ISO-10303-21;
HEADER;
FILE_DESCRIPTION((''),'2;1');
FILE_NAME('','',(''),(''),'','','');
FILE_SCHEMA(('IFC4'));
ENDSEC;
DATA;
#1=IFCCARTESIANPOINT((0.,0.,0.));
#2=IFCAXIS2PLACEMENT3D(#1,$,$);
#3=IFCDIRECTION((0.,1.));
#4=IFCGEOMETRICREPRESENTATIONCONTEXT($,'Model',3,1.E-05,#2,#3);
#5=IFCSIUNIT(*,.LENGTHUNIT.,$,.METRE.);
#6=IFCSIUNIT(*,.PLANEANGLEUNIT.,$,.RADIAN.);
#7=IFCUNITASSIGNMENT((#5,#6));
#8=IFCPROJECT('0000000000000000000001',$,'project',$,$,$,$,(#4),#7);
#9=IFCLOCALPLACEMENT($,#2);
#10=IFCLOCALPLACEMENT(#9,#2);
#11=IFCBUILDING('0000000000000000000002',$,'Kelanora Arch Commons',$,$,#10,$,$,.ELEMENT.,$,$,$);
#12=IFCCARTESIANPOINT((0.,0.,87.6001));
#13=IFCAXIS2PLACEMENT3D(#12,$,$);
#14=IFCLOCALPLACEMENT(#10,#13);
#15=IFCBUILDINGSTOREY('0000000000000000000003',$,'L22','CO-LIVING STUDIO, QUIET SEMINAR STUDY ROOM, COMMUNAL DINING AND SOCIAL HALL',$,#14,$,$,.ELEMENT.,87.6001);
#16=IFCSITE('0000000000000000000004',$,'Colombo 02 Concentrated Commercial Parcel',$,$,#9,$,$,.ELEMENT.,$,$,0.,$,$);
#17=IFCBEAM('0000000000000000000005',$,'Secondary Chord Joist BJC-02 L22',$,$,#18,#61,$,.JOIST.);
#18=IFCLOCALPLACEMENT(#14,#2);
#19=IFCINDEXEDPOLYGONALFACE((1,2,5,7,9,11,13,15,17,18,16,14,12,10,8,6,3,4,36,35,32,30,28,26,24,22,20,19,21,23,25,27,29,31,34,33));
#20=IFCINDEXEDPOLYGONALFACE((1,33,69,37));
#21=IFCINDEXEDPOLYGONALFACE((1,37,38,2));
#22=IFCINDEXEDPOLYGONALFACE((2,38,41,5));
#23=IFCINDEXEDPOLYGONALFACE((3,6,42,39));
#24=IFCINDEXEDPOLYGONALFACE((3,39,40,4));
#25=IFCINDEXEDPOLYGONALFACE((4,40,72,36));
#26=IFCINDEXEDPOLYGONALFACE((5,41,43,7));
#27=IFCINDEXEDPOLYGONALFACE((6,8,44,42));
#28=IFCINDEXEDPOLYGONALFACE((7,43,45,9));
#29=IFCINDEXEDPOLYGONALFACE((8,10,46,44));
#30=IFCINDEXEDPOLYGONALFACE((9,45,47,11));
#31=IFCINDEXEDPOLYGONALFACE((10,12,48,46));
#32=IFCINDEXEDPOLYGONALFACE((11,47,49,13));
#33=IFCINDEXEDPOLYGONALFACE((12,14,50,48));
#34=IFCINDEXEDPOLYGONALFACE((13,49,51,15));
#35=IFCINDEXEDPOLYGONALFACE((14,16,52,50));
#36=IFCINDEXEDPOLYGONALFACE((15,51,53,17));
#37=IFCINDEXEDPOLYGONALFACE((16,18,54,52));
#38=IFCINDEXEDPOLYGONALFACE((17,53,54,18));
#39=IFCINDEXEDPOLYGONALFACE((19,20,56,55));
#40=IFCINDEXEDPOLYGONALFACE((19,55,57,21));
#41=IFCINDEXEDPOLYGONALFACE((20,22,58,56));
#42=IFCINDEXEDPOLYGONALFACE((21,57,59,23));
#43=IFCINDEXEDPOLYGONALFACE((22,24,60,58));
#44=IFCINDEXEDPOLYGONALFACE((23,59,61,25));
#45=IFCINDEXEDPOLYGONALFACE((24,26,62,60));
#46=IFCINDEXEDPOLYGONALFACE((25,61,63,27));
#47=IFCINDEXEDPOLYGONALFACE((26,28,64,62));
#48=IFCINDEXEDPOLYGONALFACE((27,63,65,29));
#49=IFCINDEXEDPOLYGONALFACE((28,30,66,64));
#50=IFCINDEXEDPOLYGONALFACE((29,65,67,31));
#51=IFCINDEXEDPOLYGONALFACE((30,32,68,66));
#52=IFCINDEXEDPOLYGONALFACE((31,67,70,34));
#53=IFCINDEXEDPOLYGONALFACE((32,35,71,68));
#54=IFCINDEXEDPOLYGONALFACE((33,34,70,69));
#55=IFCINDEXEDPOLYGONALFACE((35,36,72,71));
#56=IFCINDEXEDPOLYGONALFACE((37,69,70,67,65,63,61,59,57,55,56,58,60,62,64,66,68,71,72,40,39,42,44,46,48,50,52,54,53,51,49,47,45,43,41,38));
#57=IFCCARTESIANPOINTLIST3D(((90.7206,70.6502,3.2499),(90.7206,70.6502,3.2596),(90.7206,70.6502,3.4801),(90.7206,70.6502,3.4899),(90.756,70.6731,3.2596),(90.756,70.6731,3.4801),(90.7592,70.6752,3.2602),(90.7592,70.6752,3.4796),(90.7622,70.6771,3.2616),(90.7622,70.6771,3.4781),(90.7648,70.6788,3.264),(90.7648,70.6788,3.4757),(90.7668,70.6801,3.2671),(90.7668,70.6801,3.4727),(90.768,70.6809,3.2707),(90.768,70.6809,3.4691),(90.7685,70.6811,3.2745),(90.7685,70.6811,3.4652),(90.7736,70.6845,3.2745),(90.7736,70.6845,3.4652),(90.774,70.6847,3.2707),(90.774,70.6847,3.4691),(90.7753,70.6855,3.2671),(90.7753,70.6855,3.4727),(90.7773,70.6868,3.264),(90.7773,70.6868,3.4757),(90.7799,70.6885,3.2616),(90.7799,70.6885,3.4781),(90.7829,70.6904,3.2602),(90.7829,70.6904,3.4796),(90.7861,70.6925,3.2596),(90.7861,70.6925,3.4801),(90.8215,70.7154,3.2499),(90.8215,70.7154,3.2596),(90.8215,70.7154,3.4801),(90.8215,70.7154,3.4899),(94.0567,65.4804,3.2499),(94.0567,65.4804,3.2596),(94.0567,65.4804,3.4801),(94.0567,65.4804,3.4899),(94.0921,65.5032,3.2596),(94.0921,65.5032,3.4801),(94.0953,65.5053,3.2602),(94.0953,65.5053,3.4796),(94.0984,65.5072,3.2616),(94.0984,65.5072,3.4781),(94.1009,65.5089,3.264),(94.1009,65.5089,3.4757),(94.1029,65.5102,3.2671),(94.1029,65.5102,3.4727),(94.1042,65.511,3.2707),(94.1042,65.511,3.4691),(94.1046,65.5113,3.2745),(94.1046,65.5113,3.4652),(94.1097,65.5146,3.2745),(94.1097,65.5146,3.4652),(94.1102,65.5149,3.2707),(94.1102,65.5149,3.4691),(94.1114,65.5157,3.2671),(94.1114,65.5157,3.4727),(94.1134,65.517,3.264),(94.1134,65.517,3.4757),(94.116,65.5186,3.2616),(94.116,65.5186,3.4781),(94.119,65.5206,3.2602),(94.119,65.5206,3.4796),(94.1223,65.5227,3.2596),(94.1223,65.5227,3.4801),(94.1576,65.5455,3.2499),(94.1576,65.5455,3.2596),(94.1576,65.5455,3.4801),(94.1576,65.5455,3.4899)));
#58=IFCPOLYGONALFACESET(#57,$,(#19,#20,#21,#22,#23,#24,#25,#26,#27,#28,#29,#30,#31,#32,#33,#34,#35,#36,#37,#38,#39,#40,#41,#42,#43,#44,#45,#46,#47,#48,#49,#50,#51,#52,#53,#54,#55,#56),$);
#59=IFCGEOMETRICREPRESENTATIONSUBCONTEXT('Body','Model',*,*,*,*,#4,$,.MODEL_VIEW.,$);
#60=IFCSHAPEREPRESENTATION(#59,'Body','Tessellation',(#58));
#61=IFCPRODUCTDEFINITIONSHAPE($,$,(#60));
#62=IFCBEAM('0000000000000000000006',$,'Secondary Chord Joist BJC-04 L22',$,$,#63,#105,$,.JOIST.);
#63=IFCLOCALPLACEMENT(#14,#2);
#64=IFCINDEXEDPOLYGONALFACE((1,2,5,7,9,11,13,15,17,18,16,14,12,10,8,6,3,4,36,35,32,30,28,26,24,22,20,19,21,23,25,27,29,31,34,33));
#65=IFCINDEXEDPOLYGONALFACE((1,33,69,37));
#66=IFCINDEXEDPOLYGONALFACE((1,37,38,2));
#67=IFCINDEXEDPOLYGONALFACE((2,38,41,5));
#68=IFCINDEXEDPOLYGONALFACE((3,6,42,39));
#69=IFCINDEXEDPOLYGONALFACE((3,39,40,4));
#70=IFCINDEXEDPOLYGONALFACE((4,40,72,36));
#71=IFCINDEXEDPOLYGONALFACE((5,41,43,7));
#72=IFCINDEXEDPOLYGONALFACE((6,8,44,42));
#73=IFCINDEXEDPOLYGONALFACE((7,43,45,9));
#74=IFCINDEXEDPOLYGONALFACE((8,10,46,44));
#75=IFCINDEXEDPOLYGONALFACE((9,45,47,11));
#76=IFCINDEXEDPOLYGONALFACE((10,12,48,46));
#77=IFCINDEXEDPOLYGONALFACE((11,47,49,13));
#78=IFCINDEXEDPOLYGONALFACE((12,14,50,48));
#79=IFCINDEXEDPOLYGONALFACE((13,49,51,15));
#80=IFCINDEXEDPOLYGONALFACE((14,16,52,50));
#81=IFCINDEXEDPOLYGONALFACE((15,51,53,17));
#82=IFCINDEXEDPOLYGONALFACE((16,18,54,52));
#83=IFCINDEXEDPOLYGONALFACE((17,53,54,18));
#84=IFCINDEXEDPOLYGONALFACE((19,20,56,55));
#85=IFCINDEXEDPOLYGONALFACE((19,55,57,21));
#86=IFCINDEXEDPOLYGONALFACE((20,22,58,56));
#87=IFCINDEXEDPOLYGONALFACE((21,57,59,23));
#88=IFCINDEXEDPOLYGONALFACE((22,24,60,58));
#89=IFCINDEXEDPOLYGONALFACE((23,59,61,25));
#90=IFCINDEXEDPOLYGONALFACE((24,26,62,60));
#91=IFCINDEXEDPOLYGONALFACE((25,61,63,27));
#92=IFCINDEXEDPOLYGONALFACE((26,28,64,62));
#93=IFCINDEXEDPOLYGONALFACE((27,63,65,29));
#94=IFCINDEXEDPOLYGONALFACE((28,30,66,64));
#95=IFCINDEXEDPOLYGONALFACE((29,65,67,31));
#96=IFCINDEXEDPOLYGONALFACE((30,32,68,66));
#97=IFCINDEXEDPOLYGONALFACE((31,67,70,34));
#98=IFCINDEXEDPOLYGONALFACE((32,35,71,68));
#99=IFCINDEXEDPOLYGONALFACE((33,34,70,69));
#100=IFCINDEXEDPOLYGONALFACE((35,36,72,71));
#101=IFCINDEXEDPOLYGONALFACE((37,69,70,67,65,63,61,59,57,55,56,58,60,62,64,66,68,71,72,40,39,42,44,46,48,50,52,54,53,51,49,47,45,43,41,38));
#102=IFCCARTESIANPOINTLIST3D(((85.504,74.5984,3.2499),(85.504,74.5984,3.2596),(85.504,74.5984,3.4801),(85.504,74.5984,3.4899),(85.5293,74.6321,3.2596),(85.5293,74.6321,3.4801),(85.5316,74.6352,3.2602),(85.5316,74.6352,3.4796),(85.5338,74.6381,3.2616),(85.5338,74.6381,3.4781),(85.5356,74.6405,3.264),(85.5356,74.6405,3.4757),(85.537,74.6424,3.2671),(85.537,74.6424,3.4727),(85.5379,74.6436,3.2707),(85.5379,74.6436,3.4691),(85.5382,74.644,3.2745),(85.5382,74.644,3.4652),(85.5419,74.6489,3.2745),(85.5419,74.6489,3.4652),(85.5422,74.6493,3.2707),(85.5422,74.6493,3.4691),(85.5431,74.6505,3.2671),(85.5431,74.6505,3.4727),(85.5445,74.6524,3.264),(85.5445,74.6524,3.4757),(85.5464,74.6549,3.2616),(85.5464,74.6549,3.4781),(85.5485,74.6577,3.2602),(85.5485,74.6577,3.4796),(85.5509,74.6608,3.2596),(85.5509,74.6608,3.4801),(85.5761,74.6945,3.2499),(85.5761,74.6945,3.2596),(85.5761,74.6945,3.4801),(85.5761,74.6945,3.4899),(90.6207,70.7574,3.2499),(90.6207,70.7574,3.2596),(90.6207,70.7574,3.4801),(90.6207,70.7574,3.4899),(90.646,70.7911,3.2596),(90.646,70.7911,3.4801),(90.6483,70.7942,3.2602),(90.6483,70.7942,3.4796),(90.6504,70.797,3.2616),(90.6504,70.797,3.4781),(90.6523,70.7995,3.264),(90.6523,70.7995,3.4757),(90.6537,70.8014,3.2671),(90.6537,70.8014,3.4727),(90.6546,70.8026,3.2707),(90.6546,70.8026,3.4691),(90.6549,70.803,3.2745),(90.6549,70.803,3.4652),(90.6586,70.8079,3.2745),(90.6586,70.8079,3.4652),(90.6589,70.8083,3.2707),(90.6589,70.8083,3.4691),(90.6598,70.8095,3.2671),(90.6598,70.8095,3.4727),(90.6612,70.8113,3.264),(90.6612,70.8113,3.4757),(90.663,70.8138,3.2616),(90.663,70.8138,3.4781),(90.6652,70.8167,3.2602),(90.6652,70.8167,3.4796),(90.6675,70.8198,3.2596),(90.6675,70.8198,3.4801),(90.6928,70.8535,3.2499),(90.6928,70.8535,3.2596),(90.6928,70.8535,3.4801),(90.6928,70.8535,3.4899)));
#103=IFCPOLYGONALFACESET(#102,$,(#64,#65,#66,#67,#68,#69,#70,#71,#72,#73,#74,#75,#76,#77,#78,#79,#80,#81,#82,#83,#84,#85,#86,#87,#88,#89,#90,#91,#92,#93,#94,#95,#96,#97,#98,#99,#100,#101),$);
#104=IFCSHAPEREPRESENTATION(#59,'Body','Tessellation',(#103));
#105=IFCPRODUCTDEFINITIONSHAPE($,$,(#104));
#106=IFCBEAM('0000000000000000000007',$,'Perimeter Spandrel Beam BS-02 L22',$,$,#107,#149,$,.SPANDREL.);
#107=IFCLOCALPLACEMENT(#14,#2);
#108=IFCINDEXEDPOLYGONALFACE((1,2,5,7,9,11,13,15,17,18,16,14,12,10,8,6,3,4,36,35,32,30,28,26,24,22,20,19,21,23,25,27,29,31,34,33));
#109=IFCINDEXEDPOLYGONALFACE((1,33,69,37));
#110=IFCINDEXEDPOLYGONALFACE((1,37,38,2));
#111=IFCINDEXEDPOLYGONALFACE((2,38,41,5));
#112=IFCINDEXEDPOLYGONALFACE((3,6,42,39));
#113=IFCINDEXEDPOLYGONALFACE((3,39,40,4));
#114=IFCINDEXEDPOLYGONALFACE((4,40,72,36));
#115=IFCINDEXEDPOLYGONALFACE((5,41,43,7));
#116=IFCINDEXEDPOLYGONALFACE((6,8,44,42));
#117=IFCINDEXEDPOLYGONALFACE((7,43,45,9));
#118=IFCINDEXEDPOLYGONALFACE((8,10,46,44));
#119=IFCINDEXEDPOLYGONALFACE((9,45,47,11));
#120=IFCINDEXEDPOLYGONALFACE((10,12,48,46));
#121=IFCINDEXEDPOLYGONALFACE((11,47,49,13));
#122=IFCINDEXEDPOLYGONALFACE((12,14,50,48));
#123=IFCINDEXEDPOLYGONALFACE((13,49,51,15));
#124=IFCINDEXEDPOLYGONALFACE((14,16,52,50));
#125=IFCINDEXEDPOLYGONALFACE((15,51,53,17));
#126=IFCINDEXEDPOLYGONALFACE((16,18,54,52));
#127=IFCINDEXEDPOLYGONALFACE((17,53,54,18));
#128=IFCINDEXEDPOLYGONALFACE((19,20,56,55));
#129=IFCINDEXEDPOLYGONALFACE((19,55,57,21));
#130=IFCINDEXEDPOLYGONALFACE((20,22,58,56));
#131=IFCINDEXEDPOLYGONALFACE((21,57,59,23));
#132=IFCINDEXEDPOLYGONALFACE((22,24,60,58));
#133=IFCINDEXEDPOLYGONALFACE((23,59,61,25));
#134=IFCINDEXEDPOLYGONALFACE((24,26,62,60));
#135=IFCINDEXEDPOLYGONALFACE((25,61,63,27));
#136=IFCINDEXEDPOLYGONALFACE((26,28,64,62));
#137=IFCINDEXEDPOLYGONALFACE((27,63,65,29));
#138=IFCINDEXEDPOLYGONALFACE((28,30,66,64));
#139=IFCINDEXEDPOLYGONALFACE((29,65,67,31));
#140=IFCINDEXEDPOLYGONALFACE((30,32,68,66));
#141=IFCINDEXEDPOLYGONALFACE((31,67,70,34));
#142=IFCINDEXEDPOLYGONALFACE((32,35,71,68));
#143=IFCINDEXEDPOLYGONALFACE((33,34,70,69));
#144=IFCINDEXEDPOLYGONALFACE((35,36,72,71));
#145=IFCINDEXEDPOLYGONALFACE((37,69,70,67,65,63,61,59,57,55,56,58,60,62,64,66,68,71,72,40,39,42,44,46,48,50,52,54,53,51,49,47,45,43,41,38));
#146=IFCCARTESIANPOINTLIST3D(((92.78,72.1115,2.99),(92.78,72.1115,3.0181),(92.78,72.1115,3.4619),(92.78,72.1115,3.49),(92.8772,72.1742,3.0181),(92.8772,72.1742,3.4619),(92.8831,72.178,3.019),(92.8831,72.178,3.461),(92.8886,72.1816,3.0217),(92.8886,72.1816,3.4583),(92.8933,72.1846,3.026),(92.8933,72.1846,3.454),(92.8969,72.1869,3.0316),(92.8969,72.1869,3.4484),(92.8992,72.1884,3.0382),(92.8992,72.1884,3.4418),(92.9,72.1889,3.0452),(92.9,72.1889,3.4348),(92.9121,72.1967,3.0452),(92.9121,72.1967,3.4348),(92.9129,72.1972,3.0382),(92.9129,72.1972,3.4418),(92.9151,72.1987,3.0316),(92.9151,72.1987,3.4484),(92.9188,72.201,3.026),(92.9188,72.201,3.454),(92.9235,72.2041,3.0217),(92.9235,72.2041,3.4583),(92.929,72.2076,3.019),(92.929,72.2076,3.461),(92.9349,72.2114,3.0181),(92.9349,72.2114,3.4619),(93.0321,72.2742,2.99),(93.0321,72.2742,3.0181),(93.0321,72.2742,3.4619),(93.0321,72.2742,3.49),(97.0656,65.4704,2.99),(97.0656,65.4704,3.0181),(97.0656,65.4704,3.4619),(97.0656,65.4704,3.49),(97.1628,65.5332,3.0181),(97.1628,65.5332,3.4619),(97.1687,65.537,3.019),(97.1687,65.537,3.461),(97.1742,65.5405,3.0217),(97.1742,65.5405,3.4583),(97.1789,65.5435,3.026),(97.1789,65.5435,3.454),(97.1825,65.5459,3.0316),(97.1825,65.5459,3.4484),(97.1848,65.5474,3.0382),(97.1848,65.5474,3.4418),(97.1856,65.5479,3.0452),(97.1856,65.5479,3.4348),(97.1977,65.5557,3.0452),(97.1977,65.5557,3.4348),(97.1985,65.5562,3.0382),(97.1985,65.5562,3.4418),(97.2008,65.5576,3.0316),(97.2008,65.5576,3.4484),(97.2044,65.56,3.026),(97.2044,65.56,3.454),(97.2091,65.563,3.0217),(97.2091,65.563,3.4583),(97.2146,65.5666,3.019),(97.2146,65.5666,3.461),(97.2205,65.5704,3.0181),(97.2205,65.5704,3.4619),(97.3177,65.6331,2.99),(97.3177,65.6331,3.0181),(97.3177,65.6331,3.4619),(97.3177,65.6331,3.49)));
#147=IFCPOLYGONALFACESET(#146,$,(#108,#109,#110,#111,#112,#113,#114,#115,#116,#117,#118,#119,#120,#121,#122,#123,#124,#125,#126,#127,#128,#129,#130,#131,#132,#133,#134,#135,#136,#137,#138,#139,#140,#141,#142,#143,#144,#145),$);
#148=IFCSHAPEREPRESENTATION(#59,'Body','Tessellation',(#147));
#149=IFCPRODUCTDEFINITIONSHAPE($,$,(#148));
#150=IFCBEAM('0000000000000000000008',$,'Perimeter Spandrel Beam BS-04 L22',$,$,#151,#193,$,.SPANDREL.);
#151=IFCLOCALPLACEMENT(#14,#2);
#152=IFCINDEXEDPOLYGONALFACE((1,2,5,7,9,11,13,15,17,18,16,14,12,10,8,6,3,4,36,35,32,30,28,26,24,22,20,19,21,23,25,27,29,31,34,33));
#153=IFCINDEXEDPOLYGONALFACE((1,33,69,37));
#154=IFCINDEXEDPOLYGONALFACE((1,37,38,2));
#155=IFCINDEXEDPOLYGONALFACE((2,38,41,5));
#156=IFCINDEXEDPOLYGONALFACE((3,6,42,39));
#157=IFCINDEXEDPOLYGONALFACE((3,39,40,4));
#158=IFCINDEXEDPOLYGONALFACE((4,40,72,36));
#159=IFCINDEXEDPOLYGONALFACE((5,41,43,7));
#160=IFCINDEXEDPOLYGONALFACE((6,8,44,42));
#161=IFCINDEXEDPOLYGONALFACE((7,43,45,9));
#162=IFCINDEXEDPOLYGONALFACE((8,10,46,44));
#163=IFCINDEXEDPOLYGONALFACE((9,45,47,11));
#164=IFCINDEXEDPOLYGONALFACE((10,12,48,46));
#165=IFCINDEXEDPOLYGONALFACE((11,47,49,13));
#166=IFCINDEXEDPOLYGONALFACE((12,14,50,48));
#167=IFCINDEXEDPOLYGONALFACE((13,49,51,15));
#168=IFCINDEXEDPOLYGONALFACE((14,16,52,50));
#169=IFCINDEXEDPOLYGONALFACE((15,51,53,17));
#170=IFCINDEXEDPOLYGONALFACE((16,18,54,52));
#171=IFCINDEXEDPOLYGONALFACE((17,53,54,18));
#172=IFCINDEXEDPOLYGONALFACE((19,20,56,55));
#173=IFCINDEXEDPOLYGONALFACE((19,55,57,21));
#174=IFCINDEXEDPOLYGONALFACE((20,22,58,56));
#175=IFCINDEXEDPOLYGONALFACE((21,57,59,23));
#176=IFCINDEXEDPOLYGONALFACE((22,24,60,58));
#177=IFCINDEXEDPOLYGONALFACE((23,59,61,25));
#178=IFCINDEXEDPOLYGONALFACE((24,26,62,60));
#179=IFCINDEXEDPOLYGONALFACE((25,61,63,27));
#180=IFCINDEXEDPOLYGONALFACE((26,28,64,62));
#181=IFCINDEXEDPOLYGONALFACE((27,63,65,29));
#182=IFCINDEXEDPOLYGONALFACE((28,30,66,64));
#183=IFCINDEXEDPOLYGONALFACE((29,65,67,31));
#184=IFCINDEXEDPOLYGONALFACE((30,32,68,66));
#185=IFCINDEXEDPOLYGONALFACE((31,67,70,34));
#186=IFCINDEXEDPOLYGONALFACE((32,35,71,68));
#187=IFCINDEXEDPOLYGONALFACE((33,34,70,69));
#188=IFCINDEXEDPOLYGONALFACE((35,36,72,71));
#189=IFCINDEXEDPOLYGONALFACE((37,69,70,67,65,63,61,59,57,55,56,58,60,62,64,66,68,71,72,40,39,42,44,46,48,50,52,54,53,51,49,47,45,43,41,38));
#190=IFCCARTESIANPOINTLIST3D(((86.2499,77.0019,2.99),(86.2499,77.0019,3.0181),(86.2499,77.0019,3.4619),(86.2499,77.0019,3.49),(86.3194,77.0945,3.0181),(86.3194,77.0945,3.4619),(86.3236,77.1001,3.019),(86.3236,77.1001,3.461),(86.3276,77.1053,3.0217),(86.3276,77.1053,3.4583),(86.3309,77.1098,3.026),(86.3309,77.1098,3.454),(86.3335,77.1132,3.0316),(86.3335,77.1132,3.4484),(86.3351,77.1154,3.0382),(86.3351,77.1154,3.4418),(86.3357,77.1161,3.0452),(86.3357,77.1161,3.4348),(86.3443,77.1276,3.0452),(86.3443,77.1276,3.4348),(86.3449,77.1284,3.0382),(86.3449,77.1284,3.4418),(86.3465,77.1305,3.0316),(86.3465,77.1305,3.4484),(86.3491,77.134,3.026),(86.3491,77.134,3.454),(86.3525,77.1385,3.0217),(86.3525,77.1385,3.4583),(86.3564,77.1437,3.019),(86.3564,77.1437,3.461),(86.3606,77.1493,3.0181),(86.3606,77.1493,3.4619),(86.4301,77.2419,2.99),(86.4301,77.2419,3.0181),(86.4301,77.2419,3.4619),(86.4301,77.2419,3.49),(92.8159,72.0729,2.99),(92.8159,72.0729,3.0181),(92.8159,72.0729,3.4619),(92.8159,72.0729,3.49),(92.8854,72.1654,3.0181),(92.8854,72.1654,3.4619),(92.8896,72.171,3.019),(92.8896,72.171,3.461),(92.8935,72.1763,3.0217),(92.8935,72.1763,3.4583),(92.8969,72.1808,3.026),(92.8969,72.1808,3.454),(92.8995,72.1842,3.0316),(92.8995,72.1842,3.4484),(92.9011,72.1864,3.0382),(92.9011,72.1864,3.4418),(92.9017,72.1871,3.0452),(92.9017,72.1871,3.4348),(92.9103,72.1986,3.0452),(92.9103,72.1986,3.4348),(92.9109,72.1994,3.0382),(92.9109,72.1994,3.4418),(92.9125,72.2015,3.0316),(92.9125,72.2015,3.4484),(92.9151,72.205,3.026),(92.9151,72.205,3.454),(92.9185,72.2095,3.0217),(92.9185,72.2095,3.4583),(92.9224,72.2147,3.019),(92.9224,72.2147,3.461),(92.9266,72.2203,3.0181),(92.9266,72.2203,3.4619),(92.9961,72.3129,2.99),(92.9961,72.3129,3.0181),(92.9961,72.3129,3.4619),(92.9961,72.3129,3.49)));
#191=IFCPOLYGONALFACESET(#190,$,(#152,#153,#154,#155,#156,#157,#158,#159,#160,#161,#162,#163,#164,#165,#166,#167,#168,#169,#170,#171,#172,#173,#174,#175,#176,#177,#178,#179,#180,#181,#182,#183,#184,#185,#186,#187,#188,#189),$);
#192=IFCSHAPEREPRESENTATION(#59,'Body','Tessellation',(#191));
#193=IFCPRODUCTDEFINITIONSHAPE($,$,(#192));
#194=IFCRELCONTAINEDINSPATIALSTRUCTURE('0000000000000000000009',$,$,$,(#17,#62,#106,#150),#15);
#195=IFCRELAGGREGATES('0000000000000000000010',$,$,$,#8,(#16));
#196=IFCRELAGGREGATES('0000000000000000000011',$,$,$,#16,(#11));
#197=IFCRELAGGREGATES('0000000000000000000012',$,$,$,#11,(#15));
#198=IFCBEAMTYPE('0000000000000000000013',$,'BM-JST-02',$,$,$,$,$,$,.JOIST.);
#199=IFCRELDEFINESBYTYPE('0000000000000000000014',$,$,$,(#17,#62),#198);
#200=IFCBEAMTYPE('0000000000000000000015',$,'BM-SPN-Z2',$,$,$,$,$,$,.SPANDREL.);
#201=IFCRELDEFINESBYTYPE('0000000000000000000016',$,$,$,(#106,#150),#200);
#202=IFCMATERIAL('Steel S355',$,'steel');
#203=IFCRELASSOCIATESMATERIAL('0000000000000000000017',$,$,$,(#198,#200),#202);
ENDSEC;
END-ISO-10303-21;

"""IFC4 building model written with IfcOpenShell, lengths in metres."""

from ifc_helpers import new_model, si_unit, direction, frame, origin, origin_2d, place, context, subcontext, project, spatial, i_section, extrude, material, material_profile, profile_set, type_object, element, save


model = new_model("IFC4")

# Units and contexts
model_context = context("Model", 3, precision=1e-05, world=origin(), true_north=direction((0.0, 1.0)))
body_context = subcontext(model_context, "Body", "Model", "MODEL_VIEW")
ifc_project = project(units=[si_unit("LENGTHUNIT", "METRE"), si_unit("PLANEANGLEUNIT", "RADIAN")], contexts=[model_context])

# Site, building, storey
site_placement = place(None, origin())
site = spatial("IfcSite", under=ifc_project, at=site_placement, Name="Colombo 02 Concentrated Commercial Parcel", CompositionType="ELEMENT", RefElevation=0.0)
building_placement = place(site_placement, origin())
building = spatial("IfcBuilding", under=site, at=building_placement, Name="Kelanora Arch Commons", CompositionType="ELEMENT")
storey_placement = place(building_placement, frame((0.0, 0.0, 87.6001)))
storey = spatial("IfcBuildingStorey", under=building, at=storey_placement, Name="L22", Description="CO-LIVING STUDIO, QUIET SEMINAR STUDY ROOM, COMMUNAL DINING AND SOCIAL HALL", CompositionType="ELEMENT", Elevation=87.6001)

# Beams
ifc_material_1 = material(Name="Steel S355", Category="steel")
ifc_material_profile_1 = material_profile(ifc_material_1, i_section(OverallWidth=0.1201, OverallDepth=0.24, WebThickness=0.0061, FlangeThickness=0.0098, FilletRadius=0.0149, at=origin_2d()), Name="IPE240")
ifc_profile_set_1 = profile_set([ifc_material_profile_1], Name="Steel S355")
beam_type_1 = type_object("IfcBeamType", Name="BM-JST-02", PredefinedType="JOIST", material=ifc_profile_set_1)
beam_1_placement = place(storey_placement, frame((94.1072, 65.5129, 3.3699), z_axis=(-0.542213, 0.840241, 0.0), x_axis=(-0.840241, -0.542213, 0.0)))
element("IfcBeam", 1, at=beam_1_placement, inside=storey, type_object=beam_type_1, Name="Secondary Chord Joist BJC-02 L22", PredefinedType="JOIST", context=body_context, shape_type="SweptSolid", body=[
    extrude(i_section(OverallWidth=0.1201, OverallDepth=0.24, WebThickness=0.0061, FlangeThickness=0.0098, FilletRadius=0.0149, at=origin_2d()), origin(), (0.0, 0.0, 1.0), 6.1528),
])
beam_2_placement = place(storey_placement, frame((90.6567, 70.8054, 3.3699), z_axis=(-0.799734, 0.600354, 0.0), x_axis=(-0.600354, -0.799734, 0.0)))
element("IfcBeam", 2, at=beam_2_placement, inside=storey, type_object=beam_type_1, Name="Secondary Chord Joist BJC-04 L22", PredefinedType="JOIST", context=body_context, shape_type="SweptSolid", body=[
    extrude(i_section(OverallWidth=0.1201, OverallDepth=0.24, WebThickness=0.0061, FlangeThickness=0.0098, FilletRadius=0.0149, at=origin_2d()), origin(), (0.0, 0.0, 1.0), 6.3979),
])
ifc_material_profile_2 = material_profile(ifc_material_1, i_section(OverallWidth=0.3, OverallDepth=0.5, WebThickness=0.0144, FlangeThickness=0.0281, FilletRadius=0.0271, at=origin_2d()), Name="HEB500")
ifc_profile_set_2 = profile_set([ifc_material_profile_2], Name="Steel S355")
beam_type_2 = type_object("IfcBeamType", Name="BM-SPN-Z2", PredefinedType="SPANDREL", material=ifc_profile_set_2)
beam_3_placement = place(storey_placement, frame((97.1917, 65.5518, 3.24), z_axis=(-0.542221, 0.840236, 0.0), x_axis=(-0.840236, -0.542221, 0.0)))
element("IfcBeam", 3, at=beam_3_placement, inside=storey, type_object=beam_type_2, Name="Perimeter Spandrel Beam BS-02 L22", PredefinedType="SPANDREL", context=body_context, shape_type="SweptSolid", body=[
    extrude(i_section(OverallWidth=0.3, OverallDepth=0.5, WebThickness=0.0144, FlangeThickness=0.0281, FilletRadius=0.0271, at=origin_2d()), origin(), (0.0, 0.0, 1.0), 7.9038),
])
beam_4_placement = place(storey_placement, frame((92.906, 72.1929, 3.24), z_axis=(-0.799736, 0.600352, 0.0), x_axis=(-0.600352, -0.799736, 0.0)))
element("IfcBeam", 4, at=beam_4_placement, inside=storey, type_object=beam_type_2, Name="Perimeter Spandrel Beam BS-04 L22", PredefinedType="SPANDREL", context=body_context, shape_type="SweptSolid", body=[
    extrude(i_section(OverallWidth=0.3, OverallDepth=0.5, WebThickness=0.0144, FlangeThickness=0.0281, FilletRadius=0.0271, at=origin_2d()), origin(), (0.0, 0.0, 1.0), 8.2102),
])

save(model, "model.ifc")
